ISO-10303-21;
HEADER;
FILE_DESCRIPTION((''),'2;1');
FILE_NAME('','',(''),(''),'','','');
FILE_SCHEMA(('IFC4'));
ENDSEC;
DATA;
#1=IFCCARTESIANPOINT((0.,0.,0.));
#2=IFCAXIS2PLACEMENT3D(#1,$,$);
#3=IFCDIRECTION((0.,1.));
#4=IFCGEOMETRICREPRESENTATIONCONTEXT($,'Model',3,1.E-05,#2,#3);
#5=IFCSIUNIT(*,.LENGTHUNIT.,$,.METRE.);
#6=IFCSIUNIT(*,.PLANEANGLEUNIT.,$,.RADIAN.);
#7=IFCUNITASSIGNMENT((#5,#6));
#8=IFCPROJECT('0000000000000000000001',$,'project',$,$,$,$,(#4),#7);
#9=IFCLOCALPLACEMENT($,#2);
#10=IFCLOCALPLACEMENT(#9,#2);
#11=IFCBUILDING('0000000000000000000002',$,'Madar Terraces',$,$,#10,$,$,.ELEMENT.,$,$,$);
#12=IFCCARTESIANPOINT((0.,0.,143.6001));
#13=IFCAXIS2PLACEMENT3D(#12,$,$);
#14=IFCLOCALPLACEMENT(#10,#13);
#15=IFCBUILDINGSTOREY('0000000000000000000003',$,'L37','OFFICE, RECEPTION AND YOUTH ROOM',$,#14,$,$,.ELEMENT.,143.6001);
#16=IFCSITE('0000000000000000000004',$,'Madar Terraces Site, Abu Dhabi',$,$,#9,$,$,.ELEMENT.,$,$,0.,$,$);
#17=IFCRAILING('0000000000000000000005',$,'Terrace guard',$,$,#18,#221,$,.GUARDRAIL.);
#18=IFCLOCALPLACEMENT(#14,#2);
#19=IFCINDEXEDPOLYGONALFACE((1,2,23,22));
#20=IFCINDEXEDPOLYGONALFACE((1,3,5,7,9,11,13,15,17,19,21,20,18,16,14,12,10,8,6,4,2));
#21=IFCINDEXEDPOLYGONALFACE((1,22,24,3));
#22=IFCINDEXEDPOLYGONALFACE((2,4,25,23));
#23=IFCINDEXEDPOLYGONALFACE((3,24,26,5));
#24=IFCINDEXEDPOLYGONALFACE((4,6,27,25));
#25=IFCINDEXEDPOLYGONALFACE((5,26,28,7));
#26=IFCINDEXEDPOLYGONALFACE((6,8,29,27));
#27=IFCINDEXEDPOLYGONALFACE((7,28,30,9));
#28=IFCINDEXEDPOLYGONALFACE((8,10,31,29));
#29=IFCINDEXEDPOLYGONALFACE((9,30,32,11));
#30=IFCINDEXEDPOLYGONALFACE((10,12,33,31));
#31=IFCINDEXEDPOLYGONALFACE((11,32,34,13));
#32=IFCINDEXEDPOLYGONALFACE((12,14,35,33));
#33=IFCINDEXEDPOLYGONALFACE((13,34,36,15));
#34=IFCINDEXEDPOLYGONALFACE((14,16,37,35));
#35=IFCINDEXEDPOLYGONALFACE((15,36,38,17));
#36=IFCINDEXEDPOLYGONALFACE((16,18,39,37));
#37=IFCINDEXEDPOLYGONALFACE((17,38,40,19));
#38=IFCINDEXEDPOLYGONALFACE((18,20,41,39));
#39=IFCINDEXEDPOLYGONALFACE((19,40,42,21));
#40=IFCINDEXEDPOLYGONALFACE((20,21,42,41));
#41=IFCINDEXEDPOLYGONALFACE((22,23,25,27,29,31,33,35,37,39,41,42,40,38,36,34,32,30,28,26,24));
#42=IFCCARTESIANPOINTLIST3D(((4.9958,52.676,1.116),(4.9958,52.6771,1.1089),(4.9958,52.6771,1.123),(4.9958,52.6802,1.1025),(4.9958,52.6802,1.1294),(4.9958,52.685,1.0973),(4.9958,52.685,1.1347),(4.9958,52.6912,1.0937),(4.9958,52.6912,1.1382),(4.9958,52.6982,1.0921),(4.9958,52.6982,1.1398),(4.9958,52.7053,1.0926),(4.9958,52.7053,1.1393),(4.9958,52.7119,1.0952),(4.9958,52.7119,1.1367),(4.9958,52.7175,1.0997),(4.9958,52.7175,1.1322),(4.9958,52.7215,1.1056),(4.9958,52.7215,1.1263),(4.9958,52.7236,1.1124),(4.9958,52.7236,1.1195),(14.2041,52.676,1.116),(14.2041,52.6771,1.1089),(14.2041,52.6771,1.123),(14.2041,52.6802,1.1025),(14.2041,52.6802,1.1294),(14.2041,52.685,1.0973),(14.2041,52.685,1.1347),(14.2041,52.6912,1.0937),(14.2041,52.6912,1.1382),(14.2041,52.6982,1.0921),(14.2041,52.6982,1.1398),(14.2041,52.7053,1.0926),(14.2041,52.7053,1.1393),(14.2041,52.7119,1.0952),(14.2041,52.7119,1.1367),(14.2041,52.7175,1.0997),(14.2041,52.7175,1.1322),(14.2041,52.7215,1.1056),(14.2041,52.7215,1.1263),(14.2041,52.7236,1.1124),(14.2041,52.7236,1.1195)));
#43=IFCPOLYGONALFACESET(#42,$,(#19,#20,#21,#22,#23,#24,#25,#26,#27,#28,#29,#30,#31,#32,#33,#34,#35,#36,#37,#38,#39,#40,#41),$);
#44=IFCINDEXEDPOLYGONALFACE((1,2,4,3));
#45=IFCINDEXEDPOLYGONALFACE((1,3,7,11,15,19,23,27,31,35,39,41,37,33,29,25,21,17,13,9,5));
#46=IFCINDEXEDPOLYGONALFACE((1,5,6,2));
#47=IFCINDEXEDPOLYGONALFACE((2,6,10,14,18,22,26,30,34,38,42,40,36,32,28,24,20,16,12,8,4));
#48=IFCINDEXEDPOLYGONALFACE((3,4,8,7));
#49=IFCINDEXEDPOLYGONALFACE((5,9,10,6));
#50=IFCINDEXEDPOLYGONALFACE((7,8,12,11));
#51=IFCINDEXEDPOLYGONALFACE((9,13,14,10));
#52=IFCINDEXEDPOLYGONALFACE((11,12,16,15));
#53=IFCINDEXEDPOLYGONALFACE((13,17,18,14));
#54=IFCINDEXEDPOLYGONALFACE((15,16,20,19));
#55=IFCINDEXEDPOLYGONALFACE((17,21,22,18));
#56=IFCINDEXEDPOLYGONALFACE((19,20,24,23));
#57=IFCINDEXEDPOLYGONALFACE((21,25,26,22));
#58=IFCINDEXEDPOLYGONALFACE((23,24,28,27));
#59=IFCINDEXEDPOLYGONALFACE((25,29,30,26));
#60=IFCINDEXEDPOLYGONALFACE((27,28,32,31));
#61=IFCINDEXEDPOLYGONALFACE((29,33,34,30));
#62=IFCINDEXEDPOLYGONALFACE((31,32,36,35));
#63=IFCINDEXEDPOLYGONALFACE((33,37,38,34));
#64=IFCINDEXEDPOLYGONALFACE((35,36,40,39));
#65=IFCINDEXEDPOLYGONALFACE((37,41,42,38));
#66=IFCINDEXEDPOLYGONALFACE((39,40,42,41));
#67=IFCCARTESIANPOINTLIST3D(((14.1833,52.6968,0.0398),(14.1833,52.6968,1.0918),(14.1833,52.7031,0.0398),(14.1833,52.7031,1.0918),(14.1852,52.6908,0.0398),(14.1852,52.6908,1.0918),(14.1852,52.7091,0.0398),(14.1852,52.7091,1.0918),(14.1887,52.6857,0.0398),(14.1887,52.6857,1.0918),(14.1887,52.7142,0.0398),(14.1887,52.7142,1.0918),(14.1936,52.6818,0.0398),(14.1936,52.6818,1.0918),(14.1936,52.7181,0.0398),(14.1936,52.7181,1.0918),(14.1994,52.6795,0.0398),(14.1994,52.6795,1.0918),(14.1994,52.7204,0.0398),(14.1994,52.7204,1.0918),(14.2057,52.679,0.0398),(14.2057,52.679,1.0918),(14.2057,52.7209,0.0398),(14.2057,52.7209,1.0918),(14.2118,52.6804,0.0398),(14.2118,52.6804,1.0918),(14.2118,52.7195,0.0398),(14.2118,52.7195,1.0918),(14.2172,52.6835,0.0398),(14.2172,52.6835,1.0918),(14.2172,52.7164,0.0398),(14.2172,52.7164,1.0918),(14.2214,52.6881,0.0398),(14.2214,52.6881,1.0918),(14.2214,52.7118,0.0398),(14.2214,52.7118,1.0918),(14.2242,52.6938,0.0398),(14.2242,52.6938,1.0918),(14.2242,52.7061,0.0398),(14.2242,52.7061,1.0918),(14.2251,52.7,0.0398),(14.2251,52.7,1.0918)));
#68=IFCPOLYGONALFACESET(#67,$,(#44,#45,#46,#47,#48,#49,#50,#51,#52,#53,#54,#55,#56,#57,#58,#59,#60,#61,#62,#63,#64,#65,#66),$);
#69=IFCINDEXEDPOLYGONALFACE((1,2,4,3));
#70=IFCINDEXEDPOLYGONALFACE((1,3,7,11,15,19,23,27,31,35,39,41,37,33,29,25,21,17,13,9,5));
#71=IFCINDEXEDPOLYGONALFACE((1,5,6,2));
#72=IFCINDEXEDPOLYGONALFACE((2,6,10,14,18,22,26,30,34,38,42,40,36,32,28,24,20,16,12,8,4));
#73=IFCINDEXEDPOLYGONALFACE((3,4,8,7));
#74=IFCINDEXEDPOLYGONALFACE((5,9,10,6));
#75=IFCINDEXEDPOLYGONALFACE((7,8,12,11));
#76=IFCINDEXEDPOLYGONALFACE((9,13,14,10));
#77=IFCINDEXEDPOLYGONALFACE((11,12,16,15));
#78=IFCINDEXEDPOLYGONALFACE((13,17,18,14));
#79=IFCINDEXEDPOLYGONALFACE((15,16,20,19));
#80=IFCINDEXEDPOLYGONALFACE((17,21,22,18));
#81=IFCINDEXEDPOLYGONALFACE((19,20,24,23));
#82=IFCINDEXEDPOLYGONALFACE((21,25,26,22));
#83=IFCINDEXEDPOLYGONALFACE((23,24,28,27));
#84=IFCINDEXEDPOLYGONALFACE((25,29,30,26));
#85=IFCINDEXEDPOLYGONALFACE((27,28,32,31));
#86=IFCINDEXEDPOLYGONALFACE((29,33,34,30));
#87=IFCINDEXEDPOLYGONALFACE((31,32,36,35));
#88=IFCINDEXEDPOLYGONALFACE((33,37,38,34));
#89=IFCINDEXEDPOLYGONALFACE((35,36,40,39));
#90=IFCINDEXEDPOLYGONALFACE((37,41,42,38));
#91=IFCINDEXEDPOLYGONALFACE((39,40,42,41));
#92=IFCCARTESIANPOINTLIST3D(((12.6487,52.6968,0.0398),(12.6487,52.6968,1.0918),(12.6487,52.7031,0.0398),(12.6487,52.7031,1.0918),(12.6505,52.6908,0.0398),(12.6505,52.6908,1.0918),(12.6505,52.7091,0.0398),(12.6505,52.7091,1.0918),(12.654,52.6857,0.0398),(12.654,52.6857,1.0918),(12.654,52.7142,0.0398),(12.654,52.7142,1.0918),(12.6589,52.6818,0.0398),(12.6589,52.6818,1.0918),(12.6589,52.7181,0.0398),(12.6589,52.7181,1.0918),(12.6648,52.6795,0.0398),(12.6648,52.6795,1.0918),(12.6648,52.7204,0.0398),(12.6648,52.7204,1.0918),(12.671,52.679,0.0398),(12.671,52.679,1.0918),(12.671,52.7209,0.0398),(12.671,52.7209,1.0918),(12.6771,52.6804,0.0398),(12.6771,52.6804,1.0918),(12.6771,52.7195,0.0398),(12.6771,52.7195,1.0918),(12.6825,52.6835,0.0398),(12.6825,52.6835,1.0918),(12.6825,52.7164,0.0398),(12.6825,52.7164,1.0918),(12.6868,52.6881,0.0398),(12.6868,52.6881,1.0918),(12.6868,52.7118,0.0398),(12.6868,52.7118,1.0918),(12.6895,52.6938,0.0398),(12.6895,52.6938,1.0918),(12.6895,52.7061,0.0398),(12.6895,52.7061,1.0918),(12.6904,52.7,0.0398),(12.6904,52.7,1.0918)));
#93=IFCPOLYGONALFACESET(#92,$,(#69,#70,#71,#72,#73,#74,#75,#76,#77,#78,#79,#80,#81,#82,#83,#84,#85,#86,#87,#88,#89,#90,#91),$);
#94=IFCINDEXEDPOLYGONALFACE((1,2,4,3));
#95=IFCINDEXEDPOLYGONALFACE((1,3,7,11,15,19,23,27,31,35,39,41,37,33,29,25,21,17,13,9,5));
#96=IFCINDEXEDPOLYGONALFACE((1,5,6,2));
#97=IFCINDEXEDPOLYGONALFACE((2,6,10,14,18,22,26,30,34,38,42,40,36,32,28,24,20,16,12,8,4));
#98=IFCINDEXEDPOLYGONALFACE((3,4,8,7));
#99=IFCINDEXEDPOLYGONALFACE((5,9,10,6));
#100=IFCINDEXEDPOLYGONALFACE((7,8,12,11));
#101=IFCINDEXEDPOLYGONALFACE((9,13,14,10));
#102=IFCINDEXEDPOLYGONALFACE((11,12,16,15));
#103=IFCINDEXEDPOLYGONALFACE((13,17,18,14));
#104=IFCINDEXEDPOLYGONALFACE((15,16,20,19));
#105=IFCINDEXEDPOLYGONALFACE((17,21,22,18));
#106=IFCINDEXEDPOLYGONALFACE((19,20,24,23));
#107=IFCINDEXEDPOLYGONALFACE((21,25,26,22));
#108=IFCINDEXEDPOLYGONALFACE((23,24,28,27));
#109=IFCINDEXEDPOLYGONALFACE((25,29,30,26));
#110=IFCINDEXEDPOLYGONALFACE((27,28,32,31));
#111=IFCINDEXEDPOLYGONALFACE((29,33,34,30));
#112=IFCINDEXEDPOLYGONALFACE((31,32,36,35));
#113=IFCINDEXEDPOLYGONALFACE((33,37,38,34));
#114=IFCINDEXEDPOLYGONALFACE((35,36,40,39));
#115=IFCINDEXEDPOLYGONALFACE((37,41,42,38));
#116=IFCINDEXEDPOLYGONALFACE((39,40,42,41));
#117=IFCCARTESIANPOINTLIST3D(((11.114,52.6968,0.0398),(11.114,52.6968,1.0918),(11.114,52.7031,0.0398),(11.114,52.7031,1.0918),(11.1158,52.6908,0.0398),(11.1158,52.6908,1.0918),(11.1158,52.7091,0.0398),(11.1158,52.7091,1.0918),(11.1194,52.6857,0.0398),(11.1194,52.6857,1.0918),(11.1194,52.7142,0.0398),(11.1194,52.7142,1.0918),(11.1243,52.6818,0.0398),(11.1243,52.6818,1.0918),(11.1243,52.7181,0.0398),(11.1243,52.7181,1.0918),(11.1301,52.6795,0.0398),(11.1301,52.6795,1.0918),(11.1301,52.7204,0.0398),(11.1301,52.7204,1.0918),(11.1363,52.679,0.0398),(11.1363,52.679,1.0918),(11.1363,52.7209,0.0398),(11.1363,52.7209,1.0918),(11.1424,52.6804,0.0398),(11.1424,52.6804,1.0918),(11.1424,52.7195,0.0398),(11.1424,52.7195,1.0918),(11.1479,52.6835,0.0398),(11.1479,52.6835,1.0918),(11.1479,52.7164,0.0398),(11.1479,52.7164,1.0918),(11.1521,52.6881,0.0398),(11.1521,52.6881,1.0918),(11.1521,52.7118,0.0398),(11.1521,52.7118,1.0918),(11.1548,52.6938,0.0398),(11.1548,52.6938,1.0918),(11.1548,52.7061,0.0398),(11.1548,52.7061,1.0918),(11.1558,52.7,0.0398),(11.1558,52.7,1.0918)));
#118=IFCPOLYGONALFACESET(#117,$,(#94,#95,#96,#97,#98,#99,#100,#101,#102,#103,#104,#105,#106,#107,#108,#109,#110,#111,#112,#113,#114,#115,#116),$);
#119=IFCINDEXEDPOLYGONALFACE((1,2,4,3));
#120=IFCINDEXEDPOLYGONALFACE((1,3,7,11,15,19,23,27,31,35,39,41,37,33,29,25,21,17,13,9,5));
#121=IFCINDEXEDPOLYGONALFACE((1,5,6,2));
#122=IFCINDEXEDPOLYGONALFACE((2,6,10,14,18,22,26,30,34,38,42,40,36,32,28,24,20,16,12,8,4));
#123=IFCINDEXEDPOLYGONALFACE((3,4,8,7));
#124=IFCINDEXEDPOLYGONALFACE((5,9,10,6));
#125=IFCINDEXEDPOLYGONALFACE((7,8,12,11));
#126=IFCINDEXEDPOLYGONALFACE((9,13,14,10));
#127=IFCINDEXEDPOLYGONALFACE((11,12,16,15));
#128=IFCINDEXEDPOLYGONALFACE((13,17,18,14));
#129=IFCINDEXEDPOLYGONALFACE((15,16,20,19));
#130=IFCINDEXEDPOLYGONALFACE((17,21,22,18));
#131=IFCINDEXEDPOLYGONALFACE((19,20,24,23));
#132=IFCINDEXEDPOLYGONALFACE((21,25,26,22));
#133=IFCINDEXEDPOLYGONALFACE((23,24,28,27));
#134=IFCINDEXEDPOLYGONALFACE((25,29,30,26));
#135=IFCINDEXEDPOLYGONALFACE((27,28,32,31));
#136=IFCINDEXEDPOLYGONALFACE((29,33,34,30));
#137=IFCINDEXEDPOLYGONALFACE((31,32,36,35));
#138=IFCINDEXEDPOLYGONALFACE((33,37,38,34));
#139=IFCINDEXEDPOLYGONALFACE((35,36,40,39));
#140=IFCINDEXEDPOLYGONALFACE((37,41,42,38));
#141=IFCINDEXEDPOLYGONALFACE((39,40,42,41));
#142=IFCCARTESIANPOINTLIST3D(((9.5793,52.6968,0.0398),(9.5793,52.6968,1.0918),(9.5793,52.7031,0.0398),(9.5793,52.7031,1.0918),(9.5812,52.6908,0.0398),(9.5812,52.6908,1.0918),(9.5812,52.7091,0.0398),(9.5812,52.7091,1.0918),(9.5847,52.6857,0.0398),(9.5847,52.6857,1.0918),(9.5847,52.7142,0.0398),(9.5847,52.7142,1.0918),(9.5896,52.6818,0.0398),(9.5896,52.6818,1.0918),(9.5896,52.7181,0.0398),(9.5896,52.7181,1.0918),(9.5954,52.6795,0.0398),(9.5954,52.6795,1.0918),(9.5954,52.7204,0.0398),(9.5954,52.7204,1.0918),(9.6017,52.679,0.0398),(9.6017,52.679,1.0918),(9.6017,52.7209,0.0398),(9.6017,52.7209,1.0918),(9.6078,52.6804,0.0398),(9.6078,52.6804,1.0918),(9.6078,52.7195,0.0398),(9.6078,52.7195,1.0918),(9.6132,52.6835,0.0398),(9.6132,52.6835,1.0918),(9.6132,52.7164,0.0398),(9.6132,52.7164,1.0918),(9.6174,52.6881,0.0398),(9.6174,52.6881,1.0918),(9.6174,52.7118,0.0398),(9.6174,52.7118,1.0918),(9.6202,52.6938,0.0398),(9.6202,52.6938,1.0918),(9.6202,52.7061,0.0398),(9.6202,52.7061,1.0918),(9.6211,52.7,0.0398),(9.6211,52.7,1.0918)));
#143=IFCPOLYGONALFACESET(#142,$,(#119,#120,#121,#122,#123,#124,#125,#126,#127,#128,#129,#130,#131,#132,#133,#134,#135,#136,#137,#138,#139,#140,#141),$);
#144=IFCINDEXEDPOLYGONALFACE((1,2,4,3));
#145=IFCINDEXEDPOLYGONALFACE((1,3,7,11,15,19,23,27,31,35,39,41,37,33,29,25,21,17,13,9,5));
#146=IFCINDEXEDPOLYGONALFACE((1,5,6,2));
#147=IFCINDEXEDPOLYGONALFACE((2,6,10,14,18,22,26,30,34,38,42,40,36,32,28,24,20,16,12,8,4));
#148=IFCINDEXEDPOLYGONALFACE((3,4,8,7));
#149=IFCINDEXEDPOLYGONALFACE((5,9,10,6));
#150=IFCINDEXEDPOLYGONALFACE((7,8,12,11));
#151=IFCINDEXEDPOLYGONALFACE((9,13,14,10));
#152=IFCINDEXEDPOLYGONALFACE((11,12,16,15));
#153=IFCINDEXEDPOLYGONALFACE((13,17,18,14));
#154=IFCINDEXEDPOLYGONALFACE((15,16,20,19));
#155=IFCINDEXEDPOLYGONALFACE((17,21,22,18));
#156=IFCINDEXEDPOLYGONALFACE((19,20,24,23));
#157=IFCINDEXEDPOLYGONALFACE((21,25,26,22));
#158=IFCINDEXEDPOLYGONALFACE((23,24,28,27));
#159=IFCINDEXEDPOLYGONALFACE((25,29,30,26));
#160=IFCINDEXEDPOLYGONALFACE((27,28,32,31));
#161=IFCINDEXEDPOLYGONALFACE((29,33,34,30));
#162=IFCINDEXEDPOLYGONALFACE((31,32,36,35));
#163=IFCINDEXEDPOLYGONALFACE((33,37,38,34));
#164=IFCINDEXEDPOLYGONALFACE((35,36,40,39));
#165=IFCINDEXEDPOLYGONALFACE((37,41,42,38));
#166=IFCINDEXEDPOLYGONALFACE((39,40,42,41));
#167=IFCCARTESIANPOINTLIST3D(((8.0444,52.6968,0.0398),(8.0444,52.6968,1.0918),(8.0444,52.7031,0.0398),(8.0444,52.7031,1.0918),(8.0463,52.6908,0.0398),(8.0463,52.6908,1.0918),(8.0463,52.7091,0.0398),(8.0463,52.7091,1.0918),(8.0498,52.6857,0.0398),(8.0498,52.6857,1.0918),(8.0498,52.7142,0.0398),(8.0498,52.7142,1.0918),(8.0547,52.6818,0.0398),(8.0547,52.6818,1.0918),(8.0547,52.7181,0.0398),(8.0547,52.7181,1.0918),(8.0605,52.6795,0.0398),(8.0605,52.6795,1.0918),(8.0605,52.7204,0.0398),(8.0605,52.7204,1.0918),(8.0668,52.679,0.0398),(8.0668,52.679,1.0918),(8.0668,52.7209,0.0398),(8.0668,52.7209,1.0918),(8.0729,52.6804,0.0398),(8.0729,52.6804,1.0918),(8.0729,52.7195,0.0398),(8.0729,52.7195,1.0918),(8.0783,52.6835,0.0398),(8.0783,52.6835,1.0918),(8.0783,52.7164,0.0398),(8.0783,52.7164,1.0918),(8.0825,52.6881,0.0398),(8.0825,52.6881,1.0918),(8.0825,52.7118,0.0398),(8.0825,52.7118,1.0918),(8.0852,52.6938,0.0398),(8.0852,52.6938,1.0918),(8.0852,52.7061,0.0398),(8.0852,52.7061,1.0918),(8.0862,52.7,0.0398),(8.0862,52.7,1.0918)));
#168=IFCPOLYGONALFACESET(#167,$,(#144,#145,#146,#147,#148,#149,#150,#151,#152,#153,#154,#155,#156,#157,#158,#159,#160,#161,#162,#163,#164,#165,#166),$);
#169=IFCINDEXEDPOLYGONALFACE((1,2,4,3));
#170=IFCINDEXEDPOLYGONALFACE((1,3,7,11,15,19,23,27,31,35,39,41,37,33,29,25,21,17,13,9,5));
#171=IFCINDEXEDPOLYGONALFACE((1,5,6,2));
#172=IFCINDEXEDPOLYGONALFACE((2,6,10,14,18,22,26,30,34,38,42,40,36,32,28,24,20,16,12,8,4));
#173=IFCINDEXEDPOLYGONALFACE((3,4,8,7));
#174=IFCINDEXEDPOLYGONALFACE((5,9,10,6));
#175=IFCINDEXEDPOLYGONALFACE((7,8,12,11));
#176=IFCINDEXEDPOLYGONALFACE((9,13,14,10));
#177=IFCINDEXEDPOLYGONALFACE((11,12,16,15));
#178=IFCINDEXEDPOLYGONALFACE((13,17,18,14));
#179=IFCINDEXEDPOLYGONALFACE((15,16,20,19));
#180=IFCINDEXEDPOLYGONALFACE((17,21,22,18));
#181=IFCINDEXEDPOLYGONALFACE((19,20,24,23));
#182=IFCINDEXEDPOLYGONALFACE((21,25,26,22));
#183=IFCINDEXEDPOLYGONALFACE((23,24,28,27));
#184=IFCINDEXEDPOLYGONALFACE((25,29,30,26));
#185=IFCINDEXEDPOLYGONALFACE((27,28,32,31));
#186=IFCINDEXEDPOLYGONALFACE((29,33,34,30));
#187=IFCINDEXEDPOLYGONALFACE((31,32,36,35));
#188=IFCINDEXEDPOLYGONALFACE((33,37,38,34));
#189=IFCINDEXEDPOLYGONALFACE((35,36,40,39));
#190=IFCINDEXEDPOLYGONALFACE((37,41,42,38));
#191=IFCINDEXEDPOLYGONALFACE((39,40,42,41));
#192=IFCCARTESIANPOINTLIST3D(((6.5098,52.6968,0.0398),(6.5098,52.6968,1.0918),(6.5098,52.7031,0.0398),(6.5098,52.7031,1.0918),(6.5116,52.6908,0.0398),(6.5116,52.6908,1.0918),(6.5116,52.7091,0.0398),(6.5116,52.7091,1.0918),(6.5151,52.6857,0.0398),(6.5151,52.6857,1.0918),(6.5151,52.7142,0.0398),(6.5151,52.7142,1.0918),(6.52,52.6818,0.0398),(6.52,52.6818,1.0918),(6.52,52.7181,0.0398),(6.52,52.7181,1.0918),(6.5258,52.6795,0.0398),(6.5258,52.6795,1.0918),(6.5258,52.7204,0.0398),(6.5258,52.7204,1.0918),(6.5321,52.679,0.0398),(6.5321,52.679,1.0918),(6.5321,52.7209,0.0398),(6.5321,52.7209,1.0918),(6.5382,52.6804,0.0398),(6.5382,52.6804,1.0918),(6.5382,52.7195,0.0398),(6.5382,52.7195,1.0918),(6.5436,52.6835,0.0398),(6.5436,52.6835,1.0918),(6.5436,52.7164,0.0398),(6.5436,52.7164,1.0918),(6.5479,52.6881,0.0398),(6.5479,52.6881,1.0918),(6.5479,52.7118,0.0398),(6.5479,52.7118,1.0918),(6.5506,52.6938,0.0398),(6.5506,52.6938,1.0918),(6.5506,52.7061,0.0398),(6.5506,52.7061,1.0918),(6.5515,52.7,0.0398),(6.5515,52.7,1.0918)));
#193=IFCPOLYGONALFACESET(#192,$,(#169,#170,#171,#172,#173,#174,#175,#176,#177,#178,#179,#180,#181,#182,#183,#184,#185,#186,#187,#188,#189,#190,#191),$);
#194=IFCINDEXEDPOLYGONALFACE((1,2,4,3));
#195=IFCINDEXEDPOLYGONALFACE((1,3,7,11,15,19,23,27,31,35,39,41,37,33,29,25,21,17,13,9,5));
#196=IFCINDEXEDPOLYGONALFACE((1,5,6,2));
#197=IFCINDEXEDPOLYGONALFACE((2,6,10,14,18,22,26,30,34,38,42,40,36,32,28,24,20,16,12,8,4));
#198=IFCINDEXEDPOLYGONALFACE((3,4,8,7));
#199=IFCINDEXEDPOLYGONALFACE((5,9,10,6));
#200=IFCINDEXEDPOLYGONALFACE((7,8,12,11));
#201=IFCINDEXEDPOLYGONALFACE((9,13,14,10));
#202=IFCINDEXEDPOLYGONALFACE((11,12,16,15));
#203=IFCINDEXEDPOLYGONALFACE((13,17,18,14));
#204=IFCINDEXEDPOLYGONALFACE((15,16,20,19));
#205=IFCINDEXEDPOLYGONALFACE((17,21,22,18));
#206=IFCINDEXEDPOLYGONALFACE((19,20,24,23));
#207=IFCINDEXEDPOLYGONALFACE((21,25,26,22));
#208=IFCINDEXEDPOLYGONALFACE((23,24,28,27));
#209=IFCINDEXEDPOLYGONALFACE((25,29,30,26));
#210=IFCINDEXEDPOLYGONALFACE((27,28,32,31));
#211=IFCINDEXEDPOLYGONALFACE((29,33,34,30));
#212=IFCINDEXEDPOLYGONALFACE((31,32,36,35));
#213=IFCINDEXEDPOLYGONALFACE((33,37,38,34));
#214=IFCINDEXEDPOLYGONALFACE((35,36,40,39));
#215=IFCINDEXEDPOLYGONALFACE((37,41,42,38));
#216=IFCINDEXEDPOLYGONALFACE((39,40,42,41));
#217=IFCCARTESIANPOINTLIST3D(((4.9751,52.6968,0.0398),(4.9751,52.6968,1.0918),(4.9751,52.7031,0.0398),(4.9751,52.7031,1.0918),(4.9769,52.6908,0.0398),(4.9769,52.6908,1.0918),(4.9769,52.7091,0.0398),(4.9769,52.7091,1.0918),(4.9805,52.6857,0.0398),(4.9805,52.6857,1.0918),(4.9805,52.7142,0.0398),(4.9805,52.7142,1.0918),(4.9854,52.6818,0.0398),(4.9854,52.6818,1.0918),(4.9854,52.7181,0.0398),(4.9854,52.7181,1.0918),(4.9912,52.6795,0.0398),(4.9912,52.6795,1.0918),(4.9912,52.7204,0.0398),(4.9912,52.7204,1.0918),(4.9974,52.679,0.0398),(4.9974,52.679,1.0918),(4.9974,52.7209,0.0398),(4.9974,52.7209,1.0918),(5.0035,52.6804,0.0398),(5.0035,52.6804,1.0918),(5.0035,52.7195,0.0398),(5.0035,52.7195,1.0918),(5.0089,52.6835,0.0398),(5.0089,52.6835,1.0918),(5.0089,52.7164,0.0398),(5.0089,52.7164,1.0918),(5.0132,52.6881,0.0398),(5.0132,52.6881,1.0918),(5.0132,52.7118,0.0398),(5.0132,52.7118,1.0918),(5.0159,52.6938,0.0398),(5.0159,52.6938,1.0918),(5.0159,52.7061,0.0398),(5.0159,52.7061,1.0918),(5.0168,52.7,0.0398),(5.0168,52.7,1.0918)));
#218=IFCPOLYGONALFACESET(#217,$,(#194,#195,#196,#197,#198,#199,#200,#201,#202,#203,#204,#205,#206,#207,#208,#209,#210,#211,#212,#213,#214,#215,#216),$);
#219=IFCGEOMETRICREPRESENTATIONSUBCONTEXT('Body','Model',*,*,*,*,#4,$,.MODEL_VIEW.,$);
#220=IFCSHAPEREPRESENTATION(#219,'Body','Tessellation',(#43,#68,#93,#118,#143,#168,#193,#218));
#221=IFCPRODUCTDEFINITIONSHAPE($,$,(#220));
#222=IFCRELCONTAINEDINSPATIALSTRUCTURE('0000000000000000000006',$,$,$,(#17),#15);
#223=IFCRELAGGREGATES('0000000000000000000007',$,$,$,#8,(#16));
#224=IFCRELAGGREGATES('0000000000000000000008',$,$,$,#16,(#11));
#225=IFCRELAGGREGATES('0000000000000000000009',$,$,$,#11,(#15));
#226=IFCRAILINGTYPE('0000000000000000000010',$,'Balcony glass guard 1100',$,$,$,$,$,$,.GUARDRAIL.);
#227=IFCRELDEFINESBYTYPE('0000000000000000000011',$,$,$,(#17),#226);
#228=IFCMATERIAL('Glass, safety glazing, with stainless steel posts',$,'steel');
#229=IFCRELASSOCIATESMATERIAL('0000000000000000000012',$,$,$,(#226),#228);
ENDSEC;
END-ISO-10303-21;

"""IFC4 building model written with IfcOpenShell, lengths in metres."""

from ifc_helpers import new_model, si_unit, direction, frame, origin, origin_2d, place, context, subcontext, project, spatial, circle, extrude, material, type_object, element, save


model = new_model("IFC4")

# Units and contexts
model_context = context("Model", 3, precision=1e-05, world=origin(), true_north=direction((0.0, 1.0)))
body_context = subcontext(model_context, "Body", "Model", "MODEL_VIEW")
ifc_project = project(units=[si_unit("LENGTHUNIT", "METRE"), si_unit("PLANEANGLEUNIT", "RADIAN")], contexts=[model_context])

# Site, building, storey
site_placement = place(None, origin())
site = spatial("IfcSite", under=ifc_project, at=site_placement, Name="Madar Terraces Site, Abu Dhabi", CompositionType="ELEMENT", RefElevation=0.0)
building_placement = place(site_placement, origin())
building = spatial("IfcBuilding", under=site, at=building_placement, Name="Madar Terraces", CompositionType="ELEMENT")
storey_placement = place(building_placement, frame((0.0, 0.0, 143.6001)))
storey = spatial("IfcBuildingStorey", under=building, at=storey_placement, Name="L37", Description="OFFICE, RECEPTION AND YOUTH ROOM", CompositionType="ELEMENT", Elevation=143.6001)

# Railing
ifc_material_1 = material(Name="Glass, safety glazing, with stainless steel posts", Category="steel")
railing_type = type_object("IfcRailingType", Name="Balcony glass guard 1100", PredefinedType="GUARDRAIL", material=ifc_material_1)
railing_1_placement = place(storey_placement, frame((14.2041, 52.7, 0.0398)))
element("IfcRailing", 1, at=railing_1_placement, inside=storey, type_object=railing_type, Name="Terrace guard", PredefinedType="GUARDRAIL", context=body_context, shape_type="SweptSolid", body=[
    extrude(circle(Radius=0.0239, at=origin_2d()), frame((0.0, 0.0, 1.0762), z_axis=(-1.0, 0.0, 0.0), x_axis=(0.0, -1.0, 0.0)), (0.0, 0.0, 1.0), 9.2083),
    extrude(circle(Radius=0.021, at=origin_2d()), origin(), (0.0, 0.0, 1.0), 1.052),
    extrude(circle(Radius=0.021, at=origin_2d()), frame((-1.5347, 0.0, 0.0)), (0.0, 0.0, 1.0), 1.052),
    extrude(circle(Radius=0.021, at=origin_2d()), frame((-3.0693, 0.0, 0.0)), (0.0, 0.0, 1.0), 1.052),
    extrude(circle(Radius=0.021, at=origin_2d()), frame((-4.604, 0.0, 0.0)), (0.0, 0.0, 1.0), 1.052),
    extrude(circle(Radius=0.021, at=origin_2d()), frame((-6.1389, 0.0, 0.0)), (0.0, 0.0, 1.0), 1.052),
    extrude(circle(Radius=0.021, at=origin_2d()), frame((-7.6736, 0.0, 0.0)), (0.0, 0.0, 1.0), 1.052),
    extrude(circle(Radius=0.021, at=origin_2d()), frame((-9.2083, 0.0, 0.0)), (0.0, 0.0, 1.0), 1.052),
])

save(model, "model.ifc")
